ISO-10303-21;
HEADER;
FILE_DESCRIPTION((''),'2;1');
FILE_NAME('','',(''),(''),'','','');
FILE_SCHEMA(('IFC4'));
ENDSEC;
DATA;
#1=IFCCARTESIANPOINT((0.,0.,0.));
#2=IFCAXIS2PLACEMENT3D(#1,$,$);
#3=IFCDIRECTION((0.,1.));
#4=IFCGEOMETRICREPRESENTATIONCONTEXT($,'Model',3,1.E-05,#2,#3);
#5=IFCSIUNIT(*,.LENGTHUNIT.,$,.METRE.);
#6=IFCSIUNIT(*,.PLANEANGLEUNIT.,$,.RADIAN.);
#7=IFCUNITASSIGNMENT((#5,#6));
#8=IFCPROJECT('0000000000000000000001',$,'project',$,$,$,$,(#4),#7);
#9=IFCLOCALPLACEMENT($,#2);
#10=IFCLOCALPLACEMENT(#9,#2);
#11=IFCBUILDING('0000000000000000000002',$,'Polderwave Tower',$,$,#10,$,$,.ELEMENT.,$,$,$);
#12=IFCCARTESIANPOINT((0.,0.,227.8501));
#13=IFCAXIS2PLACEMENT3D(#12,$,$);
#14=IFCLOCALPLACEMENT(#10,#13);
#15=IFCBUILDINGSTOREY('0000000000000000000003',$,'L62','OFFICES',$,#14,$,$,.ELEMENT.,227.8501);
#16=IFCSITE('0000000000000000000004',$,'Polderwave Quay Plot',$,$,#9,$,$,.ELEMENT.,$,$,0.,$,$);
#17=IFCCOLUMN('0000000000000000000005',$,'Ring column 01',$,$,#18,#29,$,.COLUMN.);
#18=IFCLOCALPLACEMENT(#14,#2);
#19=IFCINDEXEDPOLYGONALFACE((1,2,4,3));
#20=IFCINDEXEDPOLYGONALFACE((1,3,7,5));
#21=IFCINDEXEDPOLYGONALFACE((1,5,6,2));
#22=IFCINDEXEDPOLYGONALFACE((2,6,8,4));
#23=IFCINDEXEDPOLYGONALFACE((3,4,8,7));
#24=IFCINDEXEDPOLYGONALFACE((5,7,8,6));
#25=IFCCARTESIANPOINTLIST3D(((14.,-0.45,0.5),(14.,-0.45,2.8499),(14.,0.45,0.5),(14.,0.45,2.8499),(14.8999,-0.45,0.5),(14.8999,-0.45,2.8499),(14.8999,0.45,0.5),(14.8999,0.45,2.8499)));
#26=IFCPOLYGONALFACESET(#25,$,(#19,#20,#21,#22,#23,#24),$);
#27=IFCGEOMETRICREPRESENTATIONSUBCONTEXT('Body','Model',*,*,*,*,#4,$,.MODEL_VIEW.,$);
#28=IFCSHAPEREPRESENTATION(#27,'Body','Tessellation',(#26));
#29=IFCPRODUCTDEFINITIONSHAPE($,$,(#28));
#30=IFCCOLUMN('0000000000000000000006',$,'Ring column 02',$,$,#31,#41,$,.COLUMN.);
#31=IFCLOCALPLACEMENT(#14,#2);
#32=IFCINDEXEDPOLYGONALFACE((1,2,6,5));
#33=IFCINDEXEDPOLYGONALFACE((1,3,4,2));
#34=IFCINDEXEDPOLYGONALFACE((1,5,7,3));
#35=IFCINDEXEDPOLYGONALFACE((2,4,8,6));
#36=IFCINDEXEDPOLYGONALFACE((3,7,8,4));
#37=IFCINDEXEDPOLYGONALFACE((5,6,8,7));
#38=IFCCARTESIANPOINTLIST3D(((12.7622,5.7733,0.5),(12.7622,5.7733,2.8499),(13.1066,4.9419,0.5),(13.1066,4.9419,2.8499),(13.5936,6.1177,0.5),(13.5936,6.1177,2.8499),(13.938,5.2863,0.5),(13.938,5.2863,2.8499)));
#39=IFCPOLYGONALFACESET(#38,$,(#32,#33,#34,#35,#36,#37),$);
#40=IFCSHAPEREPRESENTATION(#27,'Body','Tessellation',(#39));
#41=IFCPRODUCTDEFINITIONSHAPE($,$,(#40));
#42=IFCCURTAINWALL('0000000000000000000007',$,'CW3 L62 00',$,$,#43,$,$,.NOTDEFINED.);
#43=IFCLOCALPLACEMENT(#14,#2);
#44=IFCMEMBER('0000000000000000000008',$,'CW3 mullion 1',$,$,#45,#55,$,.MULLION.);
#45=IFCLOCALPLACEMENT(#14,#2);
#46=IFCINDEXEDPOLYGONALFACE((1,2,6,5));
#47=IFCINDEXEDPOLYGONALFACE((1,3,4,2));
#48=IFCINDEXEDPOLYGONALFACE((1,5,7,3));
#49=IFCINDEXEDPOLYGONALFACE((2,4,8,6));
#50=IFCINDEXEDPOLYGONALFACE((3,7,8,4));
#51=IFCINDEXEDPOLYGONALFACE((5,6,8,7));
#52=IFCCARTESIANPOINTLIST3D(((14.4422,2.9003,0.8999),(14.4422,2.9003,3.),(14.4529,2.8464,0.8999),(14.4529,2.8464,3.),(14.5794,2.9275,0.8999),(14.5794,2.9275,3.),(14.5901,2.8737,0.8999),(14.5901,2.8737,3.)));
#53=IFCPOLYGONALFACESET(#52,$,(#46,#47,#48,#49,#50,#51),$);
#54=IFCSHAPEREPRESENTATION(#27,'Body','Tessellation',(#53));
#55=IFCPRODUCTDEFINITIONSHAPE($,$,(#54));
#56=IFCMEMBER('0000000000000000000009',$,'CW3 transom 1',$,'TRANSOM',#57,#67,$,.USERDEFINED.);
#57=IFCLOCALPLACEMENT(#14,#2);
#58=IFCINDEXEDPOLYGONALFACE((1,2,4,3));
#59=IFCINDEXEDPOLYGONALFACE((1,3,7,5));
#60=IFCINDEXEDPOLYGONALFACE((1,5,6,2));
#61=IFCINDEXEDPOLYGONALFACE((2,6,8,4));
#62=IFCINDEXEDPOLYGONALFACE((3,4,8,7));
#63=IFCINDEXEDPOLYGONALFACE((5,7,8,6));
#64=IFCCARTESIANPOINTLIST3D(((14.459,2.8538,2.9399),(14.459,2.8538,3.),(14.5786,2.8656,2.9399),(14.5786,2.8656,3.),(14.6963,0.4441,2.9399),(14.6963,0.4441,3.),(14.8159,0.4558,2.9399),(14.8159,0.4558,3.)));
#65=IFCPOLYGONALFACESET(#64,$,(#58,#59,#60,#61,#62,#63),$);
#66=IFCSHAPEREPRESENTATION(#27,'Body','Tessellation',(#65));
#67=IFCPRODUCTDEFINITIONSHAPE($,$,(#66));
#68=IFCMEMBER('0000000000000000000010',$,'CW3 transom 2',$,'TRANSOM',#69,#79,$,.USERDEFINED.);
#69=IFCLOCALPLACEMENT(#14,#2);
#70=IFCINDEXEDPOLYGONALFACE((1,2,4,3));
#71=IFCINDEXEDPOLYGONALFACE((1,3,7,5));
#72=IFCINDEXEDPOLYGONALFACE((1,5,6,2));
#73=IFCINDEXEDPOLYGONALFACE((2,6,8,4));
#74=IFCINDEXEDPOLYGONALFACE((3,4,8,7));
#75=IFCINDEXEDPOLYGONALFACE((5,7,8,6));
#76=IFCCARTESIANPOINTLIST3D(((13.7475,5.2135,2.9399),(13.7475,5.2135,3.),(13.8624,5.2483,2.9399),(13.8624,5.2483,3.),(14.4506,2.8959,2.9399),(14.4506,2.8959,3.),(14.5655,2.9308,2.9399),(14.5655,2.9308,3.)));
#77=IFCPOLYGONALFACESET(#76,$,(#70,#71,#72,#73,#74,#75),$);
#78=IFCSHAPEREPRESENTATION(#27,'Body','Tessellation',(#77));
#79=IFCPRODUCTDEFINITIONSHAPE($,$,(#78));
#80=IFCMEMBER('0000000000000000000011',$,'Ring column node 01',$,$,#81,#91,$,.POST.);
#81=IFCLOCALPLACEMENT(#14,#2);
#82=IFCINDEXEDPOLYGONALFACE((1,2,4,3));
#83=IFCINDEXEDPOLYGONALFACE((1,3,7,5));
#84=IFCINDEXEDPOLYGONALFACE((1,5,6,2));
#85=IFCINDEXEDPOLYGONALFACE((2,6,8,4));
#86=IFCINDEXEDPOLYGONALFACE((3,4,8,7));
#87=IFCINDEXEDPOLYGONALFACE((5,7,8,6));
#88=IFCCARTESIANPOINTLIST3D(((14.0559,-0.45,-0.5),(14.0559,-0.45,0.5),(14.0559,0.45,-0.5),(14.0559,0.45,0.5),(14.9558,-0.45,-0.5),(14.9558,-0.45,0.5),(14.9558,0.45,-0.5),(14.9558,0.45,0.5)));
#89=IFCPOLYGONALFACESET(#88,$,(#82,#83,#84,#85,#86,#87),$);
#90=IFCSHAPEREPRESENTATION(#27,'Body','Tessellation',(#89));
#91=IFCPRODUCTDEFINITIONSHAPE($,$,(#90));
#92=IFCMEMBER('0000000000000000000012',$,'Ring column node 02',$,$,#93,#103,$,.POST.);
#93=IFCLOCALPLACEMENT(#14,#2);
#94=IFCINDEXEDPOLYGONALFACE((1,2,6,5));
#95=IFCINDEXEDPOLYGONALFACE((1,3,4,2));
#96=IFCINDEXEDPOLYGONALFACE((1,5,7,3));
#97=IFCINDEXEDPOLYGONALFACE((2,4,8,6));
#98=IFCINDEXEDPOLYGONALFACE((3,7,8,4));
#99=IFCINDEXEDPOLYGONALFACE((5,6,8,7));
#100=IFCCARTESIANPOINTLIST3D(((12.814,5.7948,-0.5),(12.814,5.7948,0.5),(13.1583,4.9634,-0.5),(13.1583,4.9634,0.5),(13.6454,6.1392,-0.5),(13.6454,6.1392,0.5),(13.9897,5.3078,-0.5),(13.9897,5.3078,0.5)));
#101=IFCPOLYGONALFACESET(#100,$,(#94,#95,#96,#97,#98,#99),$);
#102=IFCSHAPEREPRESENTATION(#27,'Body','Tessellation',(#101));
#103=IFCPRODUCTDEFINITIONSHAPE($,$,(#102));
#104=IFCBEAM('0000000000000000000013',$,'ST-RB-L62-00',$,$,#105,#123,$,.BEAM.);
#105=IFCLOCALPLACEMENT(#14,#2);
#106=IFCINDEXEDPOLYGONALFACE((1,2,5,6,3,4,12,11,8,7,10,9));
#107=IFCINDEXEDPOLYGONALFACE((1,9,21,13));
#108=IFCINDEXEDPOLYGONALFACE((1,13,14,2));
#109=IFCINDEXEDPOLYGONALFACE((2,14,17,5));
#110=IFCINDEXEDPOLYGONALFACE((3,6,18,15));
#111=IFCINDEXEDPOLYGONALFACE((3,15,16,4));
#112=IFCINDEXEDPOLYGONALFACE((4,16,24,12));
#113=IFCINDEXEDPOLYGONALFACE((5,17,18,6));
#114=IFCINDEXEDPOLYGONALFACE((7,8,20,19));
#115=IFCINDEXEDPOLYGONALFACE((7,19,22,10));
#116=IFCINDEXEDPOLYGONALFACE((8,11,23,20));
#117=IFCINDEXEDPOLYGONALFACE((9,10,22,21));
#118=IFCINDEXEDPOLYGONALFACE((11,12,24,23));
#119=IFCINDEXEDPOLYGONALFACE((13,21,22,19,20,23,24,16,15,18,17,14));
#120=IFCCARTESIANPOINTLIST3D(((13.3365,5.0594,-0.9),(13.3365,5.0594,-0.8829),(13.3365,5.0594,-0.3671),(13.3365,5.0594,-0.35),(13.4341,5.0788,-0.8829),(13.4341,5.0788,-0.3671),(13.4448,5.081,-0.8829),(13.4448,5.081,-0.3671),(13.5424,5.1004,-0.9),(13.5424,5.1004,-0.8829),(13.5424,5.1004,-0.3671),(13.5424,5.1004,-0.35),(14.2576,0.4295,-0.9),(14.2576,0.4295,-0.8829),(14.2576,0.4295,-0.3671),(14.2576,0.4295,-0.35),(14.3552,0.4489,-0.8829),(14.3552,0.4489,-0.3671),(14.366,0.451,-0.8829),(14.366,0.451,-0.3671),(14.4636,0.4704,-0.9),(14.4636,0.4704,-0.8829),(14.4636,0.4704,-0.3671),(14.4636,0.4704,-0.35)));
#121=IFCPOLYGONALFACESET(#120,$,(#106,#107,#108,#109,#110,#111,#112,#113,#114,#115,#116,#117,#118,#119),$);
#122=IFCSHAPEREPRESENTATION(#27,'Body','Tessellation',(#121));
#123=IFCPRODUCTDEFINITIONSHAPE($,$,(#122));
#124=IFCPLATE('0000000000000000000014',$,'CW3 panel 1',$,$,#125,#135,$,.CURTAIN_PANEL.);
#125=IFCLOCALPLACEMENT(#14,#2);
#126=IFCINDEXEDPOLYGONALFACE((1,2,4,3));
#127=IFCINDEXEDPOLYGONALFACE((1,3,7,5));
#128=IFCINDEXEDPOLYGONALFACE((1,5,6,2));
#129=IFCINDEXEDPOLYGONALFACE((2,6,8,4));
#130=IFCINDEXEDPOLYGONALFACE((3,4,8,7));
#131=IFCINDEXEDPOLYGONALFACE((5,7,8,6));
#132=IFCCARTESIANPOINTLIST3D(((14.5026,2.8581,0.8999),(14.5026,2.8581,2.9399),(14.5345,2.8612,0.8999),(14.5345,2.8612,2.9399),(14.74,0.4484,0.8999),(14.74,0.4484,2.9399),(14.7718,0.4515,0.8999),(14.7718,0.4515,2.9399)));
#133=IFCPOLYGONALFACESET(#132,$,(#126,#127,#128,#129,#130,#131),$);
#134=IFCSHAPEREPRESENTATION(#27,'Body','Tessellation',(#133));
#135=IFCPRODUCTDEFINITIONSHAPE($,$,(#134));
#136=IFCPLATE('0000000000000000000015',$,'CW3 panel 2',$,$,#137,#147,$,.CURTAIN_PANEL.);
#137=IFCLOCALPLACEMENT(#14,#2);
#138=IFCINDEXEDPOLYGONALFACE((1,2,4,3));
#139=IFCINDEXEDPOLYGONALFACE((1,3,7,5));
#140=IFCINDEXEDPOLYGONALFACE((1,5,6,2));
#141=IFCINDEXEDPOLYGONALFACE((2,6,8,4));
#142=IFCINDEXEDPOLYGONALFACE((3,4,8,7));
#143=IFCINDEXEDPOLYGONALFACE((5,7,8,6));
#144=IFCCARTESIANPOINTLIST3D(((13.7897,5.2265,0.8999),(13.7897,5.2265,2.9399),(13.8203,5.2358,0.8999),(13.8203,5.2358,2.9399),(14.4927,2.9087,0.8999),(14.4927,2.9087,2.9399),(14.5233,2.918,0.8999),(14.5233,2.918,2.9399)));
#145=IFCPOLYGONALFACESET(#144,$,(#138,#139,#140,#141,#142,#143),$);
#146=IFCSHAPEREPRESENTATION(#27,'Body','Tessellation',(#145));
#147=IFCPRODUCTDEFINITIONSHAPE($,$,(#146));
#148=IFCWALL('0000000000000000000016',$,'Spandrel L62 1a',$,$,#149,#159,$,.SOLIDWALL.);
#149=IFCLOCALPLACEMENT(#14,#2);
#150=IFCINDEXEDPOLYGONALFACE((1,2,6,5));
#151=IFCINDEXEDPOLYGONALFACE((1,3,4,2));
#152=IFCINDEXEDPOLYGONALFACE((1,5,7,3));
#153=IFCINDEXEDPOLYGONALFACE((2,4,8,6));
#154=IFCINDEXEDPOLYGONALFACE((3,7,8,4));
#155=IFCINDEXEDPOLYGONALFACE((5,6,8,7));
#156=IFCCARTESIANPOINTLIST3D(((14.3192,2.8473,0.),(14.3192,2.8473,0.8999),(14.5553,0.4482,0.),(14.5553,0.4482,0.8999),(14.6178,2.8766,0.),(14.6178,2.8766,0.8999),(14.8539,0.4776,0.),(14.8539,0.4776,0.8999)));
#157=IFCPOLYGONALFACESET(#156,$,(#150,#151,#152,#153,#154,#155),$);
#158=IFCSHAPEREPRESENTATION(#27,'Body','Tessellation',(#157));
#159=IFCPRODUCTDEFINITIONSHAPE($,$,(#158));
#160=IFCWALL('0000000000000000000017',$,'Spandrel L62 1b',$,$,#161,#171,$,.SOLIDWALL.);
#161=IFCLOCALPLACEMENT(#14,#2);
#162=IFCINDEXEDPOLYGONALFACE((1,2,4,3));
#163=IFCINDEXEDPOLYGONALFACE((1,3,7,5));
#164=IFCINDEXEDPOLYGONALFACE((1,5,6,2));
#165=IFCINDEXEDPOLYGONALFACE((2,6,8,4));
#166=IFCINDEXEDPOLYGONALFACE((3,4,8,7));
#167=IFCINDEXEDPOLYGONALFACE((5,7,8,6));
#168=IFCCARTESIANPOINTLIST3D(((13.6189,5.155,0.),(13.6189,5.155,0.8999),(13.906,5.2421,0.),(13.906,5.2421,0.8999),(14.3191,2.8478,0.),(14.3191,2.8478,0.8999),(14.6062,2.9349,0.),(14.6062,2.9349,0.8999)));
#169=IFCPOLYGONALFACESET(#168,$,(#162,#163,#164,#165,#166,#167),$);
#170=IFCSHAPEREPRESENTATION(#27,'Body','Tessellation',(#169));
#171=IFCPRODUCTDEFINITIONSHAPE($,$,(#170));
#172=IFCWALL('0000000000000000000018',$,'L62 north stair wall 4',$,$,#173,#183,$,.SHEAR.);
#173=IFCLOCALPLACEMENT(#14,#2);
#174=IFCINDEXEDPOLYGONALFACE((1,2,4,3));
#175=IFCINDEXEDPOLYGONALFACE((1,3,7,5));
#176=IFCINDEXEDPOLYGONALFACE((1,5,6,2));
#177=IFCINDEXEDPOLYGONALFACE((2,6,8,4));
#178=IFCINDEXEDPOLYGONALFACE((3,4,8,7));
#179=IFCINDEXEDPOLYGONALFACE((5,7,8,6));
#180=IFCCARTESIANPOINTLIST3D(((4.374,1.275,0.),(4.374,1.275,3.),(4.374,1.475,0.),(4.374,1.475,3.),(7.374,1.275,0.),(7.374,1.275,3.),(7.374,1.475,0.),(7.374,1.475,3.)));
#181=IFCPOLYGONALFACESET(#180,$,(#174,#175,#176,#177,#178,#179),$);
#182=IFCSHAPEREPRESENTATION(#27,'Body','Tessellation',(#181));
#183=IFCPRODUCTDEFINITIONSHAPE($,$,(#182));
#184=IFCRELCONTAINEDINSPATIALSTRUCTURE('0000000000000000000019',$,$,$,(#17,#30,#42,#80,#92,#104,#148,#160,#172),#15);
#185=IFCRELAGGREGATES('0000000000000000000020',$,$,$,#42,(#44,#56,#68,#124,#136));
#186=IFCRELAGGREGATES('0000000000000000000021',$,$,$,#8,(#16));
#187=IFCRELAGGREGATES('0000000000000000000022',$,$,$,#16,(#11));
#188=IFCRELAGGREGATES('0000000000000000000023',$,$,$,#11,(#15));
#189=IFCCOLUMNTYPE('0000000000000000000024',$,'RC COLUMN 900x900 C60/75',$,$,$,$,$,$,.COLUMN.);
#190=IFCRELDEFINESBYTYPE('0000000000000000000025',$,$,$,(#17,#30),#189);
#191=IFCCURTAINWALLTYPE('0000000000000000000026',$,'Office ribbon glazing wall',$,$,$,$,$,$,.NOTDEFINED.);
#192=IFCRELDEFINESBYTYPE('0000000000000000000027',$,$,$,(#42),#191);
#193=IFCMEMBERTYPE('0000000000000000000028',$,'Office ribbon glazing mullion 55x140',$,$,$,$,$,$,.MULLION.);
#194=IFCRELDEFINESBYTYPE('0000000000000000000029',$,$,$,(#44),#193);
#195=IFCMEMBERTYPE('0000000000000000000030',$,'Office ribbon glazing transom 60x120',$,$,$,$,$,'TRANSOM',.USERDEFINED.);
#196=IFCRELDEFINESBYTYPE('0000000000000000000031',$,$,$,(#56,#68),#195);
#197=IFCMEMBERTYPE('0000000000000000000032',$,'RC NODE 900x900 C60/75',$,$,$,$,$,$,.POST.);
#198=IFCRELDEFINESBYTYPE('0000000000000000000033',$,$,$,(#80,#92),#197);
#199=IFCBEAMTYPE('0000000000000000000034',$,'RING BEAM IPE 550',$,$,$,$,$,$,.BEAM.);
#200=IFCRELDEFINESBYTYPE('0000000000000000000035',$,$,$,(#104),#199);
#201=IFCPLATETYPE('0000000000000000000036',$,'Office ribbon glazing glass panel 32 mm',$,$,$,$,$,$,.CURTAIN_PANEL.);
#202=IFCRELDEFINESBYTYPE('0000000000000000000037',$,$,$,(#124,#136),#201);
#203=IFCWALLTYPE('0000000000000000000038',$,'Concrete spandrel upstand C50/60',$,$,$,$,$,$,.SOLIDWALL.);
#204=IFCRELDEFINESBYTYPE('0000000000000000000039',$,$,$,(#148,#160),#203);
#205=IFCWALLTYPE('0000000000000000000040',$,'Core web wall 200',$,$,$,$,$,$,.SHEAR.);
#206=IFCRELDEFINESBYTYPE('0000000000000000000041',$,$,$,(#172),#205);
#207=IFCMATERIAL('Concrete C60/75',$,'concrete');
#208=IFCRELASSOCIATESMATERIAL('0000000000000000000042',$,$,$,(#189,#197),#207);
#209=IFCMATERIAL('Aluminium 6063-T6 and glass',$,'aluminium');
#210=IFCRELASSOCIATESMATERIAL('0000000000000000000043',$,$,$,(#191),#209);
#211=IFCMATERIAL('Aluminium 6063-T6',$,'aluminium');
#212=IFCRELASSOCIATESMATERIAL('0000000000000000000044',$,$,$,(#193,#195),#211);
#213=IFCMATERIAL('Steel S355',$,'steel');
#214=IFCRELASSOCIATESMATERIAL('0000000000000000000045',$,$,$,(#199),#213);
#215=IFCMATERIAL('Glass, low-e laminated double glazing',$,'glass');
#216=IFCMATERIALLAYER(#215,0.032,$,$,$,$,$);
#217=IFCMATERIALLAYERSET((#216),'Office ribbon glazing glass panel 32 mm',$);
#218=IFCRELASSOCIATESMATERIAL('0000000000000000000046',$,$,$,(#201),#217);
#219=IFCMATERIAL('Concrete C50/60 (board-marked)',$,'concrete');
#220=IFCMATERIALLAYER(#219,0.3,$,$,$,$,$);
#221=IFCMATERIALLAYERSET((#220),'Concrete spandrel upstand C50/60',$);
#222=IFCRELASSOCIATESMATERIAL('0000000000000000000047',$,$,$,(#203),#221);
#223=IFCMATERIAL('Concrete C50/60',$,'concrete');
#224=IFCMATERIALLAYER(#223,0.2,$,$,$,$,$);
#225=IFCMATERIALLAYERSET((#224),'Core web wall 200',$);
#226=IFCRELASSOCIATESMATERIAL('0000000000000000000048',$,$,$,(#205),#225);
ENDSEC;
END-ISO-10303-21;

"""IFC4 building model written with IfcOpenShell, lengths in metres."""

from ifc_helpers import new_model, si_unit, direction, frame, frame_2d, origin, origin_2d, place, context, subcontext, project, spatial, rectangle, i_section, extrude, material, layer, layer_set, material_profile, profile_set, type_object, element, aggregate, save


model = new_model("IFC4")

# Units and contexts
model_context = context("Model", 3, precision=1e-05, world=origin(), true_north=direction((0.0, 1.0)))
body_context = subcontext(model_context, "Body", "Model", "MODEL_VIEW")
ifc_project = project(units=[si_unit("LENGTHUNIT", "METRE"), si_unit("PLANEANGLEUNIT", "RADIAN")], contexts=[model_context])

# Site, building, storey
site_placement = place(None, origin())
site = spatial("IfcSite", under=ifc_project, at=site_placement, Name="Polderwave Quay Plot", CompositionType="ELEMENT", RefElevation=0.0)
building_placement = place(site_placement, origin())
building = spatial("IfcBuilding", under=site, at=building_placement, Name="Polderwave Tower", CompositionType="ELEMENT")
storey_placement = place(building_placement, frame((0.0, 0.0, 227.8501)))
storey = spatial("IfcBuildingStorey", under=building, at=storey_placement, Name="L62", Description="OFFICES", CompositionType="ELEMENT", Elevation=227.8501)

# Columns
ifc_material_1 = material(Name="Concrete C60/75", Category="concrete")
ifc_material_profile_1 = material_profile(ifc_material_1, rectangle(XDim=0.8999, YDim=0.8999, at=origin_2d()), Name="RC 900x900")
ifc_profile_set_1 = profile_set([ifc_material_profile_1], Name="Concrete C60/75")
column_type = type_object("IfcColumnType", Name="RC COLUMN 900x900 C60/75", PredefinedType="COLUMN", material=ifc_profile_set_1)
for number, where, z_axis, x_axis, name in (
    (1, (14.45, 0.0, 0.5), (0.0, 0.0, 1.0), (1.0, 0.0, 0.0), "Ring column 01"),
    (2, (13.3501, 5.5298, 0.5), (0.0, 0.0, 1.0), (0.92388, 0.382683, 0.0), "Ring column 02"),
):
    element("IfcColumn", number, at=place(storey_placement, frame(where, z_axis=z_axis, x_axis=x_axis)), inside=storey, type_object=column_type, Name=name, PredefinedType="COLUMN", context=body_context, shape_type="SweptSolid", body=[
        extrude(rectangle(XDim=0.8999, YDim=0.8999, at=origin_2d()), origin(), (0.0, 0.0, 1.0), 2.3499),
    ])

# Curtain wall, members
ifc_material_2 = material(Name="Aluminium 6063-T6 and glass", Category="aluminium")
curtain_wall_type = type_object("IfcCurtainWallType", Name="Office ribbon glazing wall", PredefinedType="NOTDEFINED", material=ifc_material_2)
curtain_wall_placement = place(storey_placement, origin())
curtain_wall = element("IfcCurtainWall", 3, at=curtain_wall_placement, inside=storey, type_object=curtain_wall_type, Name="CW3 L62 00", PredefinedType="NOTDEFINED")
ifc_material_3 = material(Name="Aluminium 6063-T6", Category="aluminium")
ifc_material_profile_2 = material_profile(ifc_material_3, rectangle(XDim=0.1399, YDim=0.0549, at=origin_2d()), Name="AL 55x140")
ifc_profile_set_2 = profile_set([ifc_material_profile_2], Name="Aluminium 6063-T6")
member_type_1 = type_object("IfcMemberType", Name="Office ribbon glazing mullion 55x140", PredefinedType="MULLION", material=ifc_profile_set_2)
member_1_placement = place(storey_placement, frame((14.5161, 2.887, 0.8999), z_axis=(0.0, 0.0, 1.0), x_axis=(-0.980788, -0.195077, 0.0)))
member_1 = element("IfcMember", 4, at=member_1_placement, type_object=member_type_1, Name="CW3 mullion 1", PredefinedType="MULLION", context=body_context, shape_type="SweptSolid", body=[
    extrude(rectangle(XDim=0.1399, YDim=0.0549, at=origin_2d()), origin(), (0.0, 0.0, 1.0), 2.1001),
])
ifc_material_profile_3 = material_profile(ifc_material_3, rectangle(XDim=0.1201, YDim=0.0601, at=origin_2d()), Name="AL 60x120")
ifc_profile_set_3 = profile_set([ifc_material_profile_3], Name="Aluminium 6063-T6")
member_type_2 = type_object("IfcMemberType", Name="Office ribbon glazing transom 60x120", ElementType="TRANSOM", PredefinedType="USERDEFINED", material=ifc_profile_set_3)
member_2_placement = place(storey_placement, frame((14.7561, 0.45, 2.97), z_axis=(-0.098006, 0.995186, 0.0), x_axis=(-0.995186, -0.098006, 0.0)))
member_2 = element("IfcMember", 5, at=member_2_placement, type_object=member_type_2, Name="CW3 transom 1", ObjectType="TRANSOM", PredefinedType="USERDEFINED", context=body_context, shape_type="SweptSolid", body=[
    extrude(rectangle(XDim=0.1201, YDim=0.0601, at=origin_2d()), origin(), (0.0, 0.0, 1.0), 2.4214),
])
member_3_placement = place(storey_placement, frame((14.5081, 2.9133, 2.97), z_axis=(-0.290315, 0.956931, 0.0), x_axis=(-0.956931, -0.290315, 0.0)))
member_3 = element("IfcMember", 6, at=member_3_placement, type_object=member_type_2, Name="CW3 transom 2", ObjectType="TRANSOM", PredefinedType="USERDEFINED", context=body_context, shape_type="SweptSolid", body=[
    extrude(rectangle(XDim=0.1201, YDim=0.0601, at=origin_2d()), origin(), (0.0, 0.0, 1.0), 2.4219),
])

# Members
ifc_material_profile_4 = material_profile(ifc_material_1, rectangle(XDim=0.8999, YDim=0.8999, at=origin_2d()), Name="RC 900x900")
ifc_profile_set_4 = profile_set([ifc_material_profile_4], Name="Concrete C60/75")
member_type_3 = type_object("IfcMemberType", Name="RC NODE 900x900 C60/75", PredefinedType="POST", material=ifc_profile_set_4)
for number, where, z_axis, x_axis, name in (
    (7, (14.5059, 0.0, -0.5), (0.0, 0.0, 1.0), (1.0, 0.0, 0.0), "Ring column node 01"),
    (8, (13.4019, 5.5513, -0.5), (0.0, 0.0, 1.0), (0.92388, 0.382683, 0.0), "Ring column node 02"),
):
    element("IfcMember", number, at=place(storey_placement, frame(where, z_axis=z_axis, x_axis=x_axis)), inside=storey, type_object=member_type_3, Name=name, PredefinedType="POST", context=body_context, shape_type="SweptSolid", body=[
        extrude(rectangle(XDim=0.8999, YDim=0.8999, at=origin_2d()), origin(), (0.0, 0.0, 1.0), 1.0),
    ])

# Beam
ifc_material_4 = material(Name="Steel S355", Category="steel")
ifc_material_profile_5 = material_profile(ifc_material_4, i_section(OverallWidth=0.21, OverallDepth=0.55, WebThickness=0.011, FlangeThickness=0.0171, at=origin_2d()), Name="IPE 550")
ifc_profile_set_5 = profile_set([ifc_material_profile_5], Name="Steel S355")
beam_type = type_object("IfcBeamType", Name="RING BEAM IPE 550", PredefinedType="BEAM", material=ifc_profile_set_5)
beam_placement = place(storey_placement, frame((14.3606, 0.45, -0.625), z_axis=(-0.195131, 0.980777, 0.0), x_axis=(-0.980777, -0.195131, 0.0)))
element("IfcBeam", 9, at=beam_placement, inside=storey, type_object=beam_type, Name="ST-RB-L62-00", PredefinedType="BEAM", context=body_context, shape_type="SweptSolid", body=[
    extrude(i_section(OverallWidth=0.21, OverallDepth=0.55, WebThickness=0.011, FlangeThickness=0.0171, at=origin_2d()), origin(), (0.0, 0.0, 1.0), 4.7207),
])

# Plates
ifc_material_5 = material(Name="Glass, low-e laminated double glazing", Category="glass")
ifc_layer_1 = layer(ifc_material_5, 0.032)
ifc_layer_set_1 = layer_set([ifc_layer_1], Name="Office ribbon glazing glass panel 32 mm")
plate_type = type_object("IfcPlateType", Name="Office ribbon glazing glass panel 32 mm", PredefinedType="CURTAIN_PANEL", material=ifc_layer_set_1)
plate_1_placement = place(storey_placement, frame((14.6372, 1.6548, 0.8999), z_axis=(0.0, 0.0, 1.0), x_axis=(-0.098008, 0.995186, 0.0)))
plate_1 = element("IfcPlate", 10, at=plate_1_placement, type_object=plate_type, Name="CW3 panel 1", PredefinedType="CURTAIN_PANEL", context=body_context, shape_type="SweptSolid", body=[
    extrude(rectangle(XDim=2.4214, YDim=0.032, at=origin_2d()), origin(), (0.0, 0.0, 1.0), 2.04),
])
plate_2_placement = place(storey_placement, frame((14.1565, 4.0723, 0.8999), z_axis=(0.0, 0.0, 1.0), x_axis=(-0.290268, 0.956945, 0.0)))
plate_2 = element("IfcPlate", 11, at=plate_2_placement, type_object=plate_type, Name="CW3 panel 2", PredefinedType="CURTAIN_PANEL", context=body_context, shape_type="SweptSolid", body=[
    extrude(rectangle(XDim=2.4221, YDim=0.032, at=origin_2d()), origin(), (0.0, 0.0, 1.0), 2.04),
])
aggregate(curtain_wall, [member_1, member_2, member_3, plate_1, plate_2])

# Walls
ifc_material_6 = material(Name="Concrete C50/60 (board-marked)", Category="concrete")
ifc_layer_2 = layer(ifc_material_6, 0.3)
ifc_layer_set_2 = layer_set([ifc_layer_2], Name="Concrete spandrel upstand C50/60")
wall_type_1 = type_object("IfcWallType", Name="Concrete spandrel upstand C50/60", PredefinedType="SOLIDWALL", material=ifc_layer_set_2)
wall_1_placement = place(storey_placement, frame((14.7046, 0.4629, 0.0), z_axis=(0.0, 0.0, 1.0), x_axis=(-0.097929, 0.995193, 0.0)))
element("IfcWall", 12, at=wall_1_placement, inside=storey, type_object=wall_type_1, Name="Spandrel L62 1a", PredefinedType="SOLIDWALL", context=body_context, shape_type="SweptSolid", body=[
    extrude(rectangle(XDim=2.4106, YDim=0.3, at=frame_2d((1.2053, 0.0))), origin(), (0.0, 0.0, 1.0), 0.8999),
])
wall_2_placement = place(storey_placement, frame((14.4626, 2.8914, 0.0), z_axis=(0.0, 0.0, 1.0), x_axis=(-0.290412, 0.956902, 0.0)))
element("IfcWall", 13, at=wall_2_placement, inside=storey, type_object=wall_type_1, Name="Spandrel L62 1b", PredefinedType="SOLIDWALL", context=body_context, shape_type="SweptSolid", body=[
    extrude(rectangle(XDim=2.4111, YDim=0.3, at=frame_2d((1.2056, 0.0))), origin(), (0.0, 0.0, 1.0), 0.8999),
])
ifc_material_7 = material(Name="Concrete C50/60", Category="concrete")
ifc_layer_3 = layer(ifc_material_7, 0.2)
ifc_layer_set_3 = layer_set([ifc_layer_3], Name="Core web wall 200")
wall_type_2 = type_object("IfcWallType", Name="Core web wall 200", PredefinedType="SHEAR", material=ifc_layer_set_3)
wall_3_placement = place(storey_placement, frame((4.374, 1.375, 0.0), z_axis=(0.0, 0.0, 1.0), x_axis=(1.0, 0.0, 0.0)))
element("IfcWall", 14, at=wall_3_placement, inside=storey, type_object=wall_type_2, Name="L62 north stair wall 4", PredefinedType="SHEAR", context=body_context, shape_type="SweptSolid", body=[
    extrude(rectangle(XDim=3.0, YDim=0.2, at=frame_2d((1.5, 0.0))), origin(), (0.0, 0.0, 1.0), 3.0),
])

save(model, "model.ifc")
